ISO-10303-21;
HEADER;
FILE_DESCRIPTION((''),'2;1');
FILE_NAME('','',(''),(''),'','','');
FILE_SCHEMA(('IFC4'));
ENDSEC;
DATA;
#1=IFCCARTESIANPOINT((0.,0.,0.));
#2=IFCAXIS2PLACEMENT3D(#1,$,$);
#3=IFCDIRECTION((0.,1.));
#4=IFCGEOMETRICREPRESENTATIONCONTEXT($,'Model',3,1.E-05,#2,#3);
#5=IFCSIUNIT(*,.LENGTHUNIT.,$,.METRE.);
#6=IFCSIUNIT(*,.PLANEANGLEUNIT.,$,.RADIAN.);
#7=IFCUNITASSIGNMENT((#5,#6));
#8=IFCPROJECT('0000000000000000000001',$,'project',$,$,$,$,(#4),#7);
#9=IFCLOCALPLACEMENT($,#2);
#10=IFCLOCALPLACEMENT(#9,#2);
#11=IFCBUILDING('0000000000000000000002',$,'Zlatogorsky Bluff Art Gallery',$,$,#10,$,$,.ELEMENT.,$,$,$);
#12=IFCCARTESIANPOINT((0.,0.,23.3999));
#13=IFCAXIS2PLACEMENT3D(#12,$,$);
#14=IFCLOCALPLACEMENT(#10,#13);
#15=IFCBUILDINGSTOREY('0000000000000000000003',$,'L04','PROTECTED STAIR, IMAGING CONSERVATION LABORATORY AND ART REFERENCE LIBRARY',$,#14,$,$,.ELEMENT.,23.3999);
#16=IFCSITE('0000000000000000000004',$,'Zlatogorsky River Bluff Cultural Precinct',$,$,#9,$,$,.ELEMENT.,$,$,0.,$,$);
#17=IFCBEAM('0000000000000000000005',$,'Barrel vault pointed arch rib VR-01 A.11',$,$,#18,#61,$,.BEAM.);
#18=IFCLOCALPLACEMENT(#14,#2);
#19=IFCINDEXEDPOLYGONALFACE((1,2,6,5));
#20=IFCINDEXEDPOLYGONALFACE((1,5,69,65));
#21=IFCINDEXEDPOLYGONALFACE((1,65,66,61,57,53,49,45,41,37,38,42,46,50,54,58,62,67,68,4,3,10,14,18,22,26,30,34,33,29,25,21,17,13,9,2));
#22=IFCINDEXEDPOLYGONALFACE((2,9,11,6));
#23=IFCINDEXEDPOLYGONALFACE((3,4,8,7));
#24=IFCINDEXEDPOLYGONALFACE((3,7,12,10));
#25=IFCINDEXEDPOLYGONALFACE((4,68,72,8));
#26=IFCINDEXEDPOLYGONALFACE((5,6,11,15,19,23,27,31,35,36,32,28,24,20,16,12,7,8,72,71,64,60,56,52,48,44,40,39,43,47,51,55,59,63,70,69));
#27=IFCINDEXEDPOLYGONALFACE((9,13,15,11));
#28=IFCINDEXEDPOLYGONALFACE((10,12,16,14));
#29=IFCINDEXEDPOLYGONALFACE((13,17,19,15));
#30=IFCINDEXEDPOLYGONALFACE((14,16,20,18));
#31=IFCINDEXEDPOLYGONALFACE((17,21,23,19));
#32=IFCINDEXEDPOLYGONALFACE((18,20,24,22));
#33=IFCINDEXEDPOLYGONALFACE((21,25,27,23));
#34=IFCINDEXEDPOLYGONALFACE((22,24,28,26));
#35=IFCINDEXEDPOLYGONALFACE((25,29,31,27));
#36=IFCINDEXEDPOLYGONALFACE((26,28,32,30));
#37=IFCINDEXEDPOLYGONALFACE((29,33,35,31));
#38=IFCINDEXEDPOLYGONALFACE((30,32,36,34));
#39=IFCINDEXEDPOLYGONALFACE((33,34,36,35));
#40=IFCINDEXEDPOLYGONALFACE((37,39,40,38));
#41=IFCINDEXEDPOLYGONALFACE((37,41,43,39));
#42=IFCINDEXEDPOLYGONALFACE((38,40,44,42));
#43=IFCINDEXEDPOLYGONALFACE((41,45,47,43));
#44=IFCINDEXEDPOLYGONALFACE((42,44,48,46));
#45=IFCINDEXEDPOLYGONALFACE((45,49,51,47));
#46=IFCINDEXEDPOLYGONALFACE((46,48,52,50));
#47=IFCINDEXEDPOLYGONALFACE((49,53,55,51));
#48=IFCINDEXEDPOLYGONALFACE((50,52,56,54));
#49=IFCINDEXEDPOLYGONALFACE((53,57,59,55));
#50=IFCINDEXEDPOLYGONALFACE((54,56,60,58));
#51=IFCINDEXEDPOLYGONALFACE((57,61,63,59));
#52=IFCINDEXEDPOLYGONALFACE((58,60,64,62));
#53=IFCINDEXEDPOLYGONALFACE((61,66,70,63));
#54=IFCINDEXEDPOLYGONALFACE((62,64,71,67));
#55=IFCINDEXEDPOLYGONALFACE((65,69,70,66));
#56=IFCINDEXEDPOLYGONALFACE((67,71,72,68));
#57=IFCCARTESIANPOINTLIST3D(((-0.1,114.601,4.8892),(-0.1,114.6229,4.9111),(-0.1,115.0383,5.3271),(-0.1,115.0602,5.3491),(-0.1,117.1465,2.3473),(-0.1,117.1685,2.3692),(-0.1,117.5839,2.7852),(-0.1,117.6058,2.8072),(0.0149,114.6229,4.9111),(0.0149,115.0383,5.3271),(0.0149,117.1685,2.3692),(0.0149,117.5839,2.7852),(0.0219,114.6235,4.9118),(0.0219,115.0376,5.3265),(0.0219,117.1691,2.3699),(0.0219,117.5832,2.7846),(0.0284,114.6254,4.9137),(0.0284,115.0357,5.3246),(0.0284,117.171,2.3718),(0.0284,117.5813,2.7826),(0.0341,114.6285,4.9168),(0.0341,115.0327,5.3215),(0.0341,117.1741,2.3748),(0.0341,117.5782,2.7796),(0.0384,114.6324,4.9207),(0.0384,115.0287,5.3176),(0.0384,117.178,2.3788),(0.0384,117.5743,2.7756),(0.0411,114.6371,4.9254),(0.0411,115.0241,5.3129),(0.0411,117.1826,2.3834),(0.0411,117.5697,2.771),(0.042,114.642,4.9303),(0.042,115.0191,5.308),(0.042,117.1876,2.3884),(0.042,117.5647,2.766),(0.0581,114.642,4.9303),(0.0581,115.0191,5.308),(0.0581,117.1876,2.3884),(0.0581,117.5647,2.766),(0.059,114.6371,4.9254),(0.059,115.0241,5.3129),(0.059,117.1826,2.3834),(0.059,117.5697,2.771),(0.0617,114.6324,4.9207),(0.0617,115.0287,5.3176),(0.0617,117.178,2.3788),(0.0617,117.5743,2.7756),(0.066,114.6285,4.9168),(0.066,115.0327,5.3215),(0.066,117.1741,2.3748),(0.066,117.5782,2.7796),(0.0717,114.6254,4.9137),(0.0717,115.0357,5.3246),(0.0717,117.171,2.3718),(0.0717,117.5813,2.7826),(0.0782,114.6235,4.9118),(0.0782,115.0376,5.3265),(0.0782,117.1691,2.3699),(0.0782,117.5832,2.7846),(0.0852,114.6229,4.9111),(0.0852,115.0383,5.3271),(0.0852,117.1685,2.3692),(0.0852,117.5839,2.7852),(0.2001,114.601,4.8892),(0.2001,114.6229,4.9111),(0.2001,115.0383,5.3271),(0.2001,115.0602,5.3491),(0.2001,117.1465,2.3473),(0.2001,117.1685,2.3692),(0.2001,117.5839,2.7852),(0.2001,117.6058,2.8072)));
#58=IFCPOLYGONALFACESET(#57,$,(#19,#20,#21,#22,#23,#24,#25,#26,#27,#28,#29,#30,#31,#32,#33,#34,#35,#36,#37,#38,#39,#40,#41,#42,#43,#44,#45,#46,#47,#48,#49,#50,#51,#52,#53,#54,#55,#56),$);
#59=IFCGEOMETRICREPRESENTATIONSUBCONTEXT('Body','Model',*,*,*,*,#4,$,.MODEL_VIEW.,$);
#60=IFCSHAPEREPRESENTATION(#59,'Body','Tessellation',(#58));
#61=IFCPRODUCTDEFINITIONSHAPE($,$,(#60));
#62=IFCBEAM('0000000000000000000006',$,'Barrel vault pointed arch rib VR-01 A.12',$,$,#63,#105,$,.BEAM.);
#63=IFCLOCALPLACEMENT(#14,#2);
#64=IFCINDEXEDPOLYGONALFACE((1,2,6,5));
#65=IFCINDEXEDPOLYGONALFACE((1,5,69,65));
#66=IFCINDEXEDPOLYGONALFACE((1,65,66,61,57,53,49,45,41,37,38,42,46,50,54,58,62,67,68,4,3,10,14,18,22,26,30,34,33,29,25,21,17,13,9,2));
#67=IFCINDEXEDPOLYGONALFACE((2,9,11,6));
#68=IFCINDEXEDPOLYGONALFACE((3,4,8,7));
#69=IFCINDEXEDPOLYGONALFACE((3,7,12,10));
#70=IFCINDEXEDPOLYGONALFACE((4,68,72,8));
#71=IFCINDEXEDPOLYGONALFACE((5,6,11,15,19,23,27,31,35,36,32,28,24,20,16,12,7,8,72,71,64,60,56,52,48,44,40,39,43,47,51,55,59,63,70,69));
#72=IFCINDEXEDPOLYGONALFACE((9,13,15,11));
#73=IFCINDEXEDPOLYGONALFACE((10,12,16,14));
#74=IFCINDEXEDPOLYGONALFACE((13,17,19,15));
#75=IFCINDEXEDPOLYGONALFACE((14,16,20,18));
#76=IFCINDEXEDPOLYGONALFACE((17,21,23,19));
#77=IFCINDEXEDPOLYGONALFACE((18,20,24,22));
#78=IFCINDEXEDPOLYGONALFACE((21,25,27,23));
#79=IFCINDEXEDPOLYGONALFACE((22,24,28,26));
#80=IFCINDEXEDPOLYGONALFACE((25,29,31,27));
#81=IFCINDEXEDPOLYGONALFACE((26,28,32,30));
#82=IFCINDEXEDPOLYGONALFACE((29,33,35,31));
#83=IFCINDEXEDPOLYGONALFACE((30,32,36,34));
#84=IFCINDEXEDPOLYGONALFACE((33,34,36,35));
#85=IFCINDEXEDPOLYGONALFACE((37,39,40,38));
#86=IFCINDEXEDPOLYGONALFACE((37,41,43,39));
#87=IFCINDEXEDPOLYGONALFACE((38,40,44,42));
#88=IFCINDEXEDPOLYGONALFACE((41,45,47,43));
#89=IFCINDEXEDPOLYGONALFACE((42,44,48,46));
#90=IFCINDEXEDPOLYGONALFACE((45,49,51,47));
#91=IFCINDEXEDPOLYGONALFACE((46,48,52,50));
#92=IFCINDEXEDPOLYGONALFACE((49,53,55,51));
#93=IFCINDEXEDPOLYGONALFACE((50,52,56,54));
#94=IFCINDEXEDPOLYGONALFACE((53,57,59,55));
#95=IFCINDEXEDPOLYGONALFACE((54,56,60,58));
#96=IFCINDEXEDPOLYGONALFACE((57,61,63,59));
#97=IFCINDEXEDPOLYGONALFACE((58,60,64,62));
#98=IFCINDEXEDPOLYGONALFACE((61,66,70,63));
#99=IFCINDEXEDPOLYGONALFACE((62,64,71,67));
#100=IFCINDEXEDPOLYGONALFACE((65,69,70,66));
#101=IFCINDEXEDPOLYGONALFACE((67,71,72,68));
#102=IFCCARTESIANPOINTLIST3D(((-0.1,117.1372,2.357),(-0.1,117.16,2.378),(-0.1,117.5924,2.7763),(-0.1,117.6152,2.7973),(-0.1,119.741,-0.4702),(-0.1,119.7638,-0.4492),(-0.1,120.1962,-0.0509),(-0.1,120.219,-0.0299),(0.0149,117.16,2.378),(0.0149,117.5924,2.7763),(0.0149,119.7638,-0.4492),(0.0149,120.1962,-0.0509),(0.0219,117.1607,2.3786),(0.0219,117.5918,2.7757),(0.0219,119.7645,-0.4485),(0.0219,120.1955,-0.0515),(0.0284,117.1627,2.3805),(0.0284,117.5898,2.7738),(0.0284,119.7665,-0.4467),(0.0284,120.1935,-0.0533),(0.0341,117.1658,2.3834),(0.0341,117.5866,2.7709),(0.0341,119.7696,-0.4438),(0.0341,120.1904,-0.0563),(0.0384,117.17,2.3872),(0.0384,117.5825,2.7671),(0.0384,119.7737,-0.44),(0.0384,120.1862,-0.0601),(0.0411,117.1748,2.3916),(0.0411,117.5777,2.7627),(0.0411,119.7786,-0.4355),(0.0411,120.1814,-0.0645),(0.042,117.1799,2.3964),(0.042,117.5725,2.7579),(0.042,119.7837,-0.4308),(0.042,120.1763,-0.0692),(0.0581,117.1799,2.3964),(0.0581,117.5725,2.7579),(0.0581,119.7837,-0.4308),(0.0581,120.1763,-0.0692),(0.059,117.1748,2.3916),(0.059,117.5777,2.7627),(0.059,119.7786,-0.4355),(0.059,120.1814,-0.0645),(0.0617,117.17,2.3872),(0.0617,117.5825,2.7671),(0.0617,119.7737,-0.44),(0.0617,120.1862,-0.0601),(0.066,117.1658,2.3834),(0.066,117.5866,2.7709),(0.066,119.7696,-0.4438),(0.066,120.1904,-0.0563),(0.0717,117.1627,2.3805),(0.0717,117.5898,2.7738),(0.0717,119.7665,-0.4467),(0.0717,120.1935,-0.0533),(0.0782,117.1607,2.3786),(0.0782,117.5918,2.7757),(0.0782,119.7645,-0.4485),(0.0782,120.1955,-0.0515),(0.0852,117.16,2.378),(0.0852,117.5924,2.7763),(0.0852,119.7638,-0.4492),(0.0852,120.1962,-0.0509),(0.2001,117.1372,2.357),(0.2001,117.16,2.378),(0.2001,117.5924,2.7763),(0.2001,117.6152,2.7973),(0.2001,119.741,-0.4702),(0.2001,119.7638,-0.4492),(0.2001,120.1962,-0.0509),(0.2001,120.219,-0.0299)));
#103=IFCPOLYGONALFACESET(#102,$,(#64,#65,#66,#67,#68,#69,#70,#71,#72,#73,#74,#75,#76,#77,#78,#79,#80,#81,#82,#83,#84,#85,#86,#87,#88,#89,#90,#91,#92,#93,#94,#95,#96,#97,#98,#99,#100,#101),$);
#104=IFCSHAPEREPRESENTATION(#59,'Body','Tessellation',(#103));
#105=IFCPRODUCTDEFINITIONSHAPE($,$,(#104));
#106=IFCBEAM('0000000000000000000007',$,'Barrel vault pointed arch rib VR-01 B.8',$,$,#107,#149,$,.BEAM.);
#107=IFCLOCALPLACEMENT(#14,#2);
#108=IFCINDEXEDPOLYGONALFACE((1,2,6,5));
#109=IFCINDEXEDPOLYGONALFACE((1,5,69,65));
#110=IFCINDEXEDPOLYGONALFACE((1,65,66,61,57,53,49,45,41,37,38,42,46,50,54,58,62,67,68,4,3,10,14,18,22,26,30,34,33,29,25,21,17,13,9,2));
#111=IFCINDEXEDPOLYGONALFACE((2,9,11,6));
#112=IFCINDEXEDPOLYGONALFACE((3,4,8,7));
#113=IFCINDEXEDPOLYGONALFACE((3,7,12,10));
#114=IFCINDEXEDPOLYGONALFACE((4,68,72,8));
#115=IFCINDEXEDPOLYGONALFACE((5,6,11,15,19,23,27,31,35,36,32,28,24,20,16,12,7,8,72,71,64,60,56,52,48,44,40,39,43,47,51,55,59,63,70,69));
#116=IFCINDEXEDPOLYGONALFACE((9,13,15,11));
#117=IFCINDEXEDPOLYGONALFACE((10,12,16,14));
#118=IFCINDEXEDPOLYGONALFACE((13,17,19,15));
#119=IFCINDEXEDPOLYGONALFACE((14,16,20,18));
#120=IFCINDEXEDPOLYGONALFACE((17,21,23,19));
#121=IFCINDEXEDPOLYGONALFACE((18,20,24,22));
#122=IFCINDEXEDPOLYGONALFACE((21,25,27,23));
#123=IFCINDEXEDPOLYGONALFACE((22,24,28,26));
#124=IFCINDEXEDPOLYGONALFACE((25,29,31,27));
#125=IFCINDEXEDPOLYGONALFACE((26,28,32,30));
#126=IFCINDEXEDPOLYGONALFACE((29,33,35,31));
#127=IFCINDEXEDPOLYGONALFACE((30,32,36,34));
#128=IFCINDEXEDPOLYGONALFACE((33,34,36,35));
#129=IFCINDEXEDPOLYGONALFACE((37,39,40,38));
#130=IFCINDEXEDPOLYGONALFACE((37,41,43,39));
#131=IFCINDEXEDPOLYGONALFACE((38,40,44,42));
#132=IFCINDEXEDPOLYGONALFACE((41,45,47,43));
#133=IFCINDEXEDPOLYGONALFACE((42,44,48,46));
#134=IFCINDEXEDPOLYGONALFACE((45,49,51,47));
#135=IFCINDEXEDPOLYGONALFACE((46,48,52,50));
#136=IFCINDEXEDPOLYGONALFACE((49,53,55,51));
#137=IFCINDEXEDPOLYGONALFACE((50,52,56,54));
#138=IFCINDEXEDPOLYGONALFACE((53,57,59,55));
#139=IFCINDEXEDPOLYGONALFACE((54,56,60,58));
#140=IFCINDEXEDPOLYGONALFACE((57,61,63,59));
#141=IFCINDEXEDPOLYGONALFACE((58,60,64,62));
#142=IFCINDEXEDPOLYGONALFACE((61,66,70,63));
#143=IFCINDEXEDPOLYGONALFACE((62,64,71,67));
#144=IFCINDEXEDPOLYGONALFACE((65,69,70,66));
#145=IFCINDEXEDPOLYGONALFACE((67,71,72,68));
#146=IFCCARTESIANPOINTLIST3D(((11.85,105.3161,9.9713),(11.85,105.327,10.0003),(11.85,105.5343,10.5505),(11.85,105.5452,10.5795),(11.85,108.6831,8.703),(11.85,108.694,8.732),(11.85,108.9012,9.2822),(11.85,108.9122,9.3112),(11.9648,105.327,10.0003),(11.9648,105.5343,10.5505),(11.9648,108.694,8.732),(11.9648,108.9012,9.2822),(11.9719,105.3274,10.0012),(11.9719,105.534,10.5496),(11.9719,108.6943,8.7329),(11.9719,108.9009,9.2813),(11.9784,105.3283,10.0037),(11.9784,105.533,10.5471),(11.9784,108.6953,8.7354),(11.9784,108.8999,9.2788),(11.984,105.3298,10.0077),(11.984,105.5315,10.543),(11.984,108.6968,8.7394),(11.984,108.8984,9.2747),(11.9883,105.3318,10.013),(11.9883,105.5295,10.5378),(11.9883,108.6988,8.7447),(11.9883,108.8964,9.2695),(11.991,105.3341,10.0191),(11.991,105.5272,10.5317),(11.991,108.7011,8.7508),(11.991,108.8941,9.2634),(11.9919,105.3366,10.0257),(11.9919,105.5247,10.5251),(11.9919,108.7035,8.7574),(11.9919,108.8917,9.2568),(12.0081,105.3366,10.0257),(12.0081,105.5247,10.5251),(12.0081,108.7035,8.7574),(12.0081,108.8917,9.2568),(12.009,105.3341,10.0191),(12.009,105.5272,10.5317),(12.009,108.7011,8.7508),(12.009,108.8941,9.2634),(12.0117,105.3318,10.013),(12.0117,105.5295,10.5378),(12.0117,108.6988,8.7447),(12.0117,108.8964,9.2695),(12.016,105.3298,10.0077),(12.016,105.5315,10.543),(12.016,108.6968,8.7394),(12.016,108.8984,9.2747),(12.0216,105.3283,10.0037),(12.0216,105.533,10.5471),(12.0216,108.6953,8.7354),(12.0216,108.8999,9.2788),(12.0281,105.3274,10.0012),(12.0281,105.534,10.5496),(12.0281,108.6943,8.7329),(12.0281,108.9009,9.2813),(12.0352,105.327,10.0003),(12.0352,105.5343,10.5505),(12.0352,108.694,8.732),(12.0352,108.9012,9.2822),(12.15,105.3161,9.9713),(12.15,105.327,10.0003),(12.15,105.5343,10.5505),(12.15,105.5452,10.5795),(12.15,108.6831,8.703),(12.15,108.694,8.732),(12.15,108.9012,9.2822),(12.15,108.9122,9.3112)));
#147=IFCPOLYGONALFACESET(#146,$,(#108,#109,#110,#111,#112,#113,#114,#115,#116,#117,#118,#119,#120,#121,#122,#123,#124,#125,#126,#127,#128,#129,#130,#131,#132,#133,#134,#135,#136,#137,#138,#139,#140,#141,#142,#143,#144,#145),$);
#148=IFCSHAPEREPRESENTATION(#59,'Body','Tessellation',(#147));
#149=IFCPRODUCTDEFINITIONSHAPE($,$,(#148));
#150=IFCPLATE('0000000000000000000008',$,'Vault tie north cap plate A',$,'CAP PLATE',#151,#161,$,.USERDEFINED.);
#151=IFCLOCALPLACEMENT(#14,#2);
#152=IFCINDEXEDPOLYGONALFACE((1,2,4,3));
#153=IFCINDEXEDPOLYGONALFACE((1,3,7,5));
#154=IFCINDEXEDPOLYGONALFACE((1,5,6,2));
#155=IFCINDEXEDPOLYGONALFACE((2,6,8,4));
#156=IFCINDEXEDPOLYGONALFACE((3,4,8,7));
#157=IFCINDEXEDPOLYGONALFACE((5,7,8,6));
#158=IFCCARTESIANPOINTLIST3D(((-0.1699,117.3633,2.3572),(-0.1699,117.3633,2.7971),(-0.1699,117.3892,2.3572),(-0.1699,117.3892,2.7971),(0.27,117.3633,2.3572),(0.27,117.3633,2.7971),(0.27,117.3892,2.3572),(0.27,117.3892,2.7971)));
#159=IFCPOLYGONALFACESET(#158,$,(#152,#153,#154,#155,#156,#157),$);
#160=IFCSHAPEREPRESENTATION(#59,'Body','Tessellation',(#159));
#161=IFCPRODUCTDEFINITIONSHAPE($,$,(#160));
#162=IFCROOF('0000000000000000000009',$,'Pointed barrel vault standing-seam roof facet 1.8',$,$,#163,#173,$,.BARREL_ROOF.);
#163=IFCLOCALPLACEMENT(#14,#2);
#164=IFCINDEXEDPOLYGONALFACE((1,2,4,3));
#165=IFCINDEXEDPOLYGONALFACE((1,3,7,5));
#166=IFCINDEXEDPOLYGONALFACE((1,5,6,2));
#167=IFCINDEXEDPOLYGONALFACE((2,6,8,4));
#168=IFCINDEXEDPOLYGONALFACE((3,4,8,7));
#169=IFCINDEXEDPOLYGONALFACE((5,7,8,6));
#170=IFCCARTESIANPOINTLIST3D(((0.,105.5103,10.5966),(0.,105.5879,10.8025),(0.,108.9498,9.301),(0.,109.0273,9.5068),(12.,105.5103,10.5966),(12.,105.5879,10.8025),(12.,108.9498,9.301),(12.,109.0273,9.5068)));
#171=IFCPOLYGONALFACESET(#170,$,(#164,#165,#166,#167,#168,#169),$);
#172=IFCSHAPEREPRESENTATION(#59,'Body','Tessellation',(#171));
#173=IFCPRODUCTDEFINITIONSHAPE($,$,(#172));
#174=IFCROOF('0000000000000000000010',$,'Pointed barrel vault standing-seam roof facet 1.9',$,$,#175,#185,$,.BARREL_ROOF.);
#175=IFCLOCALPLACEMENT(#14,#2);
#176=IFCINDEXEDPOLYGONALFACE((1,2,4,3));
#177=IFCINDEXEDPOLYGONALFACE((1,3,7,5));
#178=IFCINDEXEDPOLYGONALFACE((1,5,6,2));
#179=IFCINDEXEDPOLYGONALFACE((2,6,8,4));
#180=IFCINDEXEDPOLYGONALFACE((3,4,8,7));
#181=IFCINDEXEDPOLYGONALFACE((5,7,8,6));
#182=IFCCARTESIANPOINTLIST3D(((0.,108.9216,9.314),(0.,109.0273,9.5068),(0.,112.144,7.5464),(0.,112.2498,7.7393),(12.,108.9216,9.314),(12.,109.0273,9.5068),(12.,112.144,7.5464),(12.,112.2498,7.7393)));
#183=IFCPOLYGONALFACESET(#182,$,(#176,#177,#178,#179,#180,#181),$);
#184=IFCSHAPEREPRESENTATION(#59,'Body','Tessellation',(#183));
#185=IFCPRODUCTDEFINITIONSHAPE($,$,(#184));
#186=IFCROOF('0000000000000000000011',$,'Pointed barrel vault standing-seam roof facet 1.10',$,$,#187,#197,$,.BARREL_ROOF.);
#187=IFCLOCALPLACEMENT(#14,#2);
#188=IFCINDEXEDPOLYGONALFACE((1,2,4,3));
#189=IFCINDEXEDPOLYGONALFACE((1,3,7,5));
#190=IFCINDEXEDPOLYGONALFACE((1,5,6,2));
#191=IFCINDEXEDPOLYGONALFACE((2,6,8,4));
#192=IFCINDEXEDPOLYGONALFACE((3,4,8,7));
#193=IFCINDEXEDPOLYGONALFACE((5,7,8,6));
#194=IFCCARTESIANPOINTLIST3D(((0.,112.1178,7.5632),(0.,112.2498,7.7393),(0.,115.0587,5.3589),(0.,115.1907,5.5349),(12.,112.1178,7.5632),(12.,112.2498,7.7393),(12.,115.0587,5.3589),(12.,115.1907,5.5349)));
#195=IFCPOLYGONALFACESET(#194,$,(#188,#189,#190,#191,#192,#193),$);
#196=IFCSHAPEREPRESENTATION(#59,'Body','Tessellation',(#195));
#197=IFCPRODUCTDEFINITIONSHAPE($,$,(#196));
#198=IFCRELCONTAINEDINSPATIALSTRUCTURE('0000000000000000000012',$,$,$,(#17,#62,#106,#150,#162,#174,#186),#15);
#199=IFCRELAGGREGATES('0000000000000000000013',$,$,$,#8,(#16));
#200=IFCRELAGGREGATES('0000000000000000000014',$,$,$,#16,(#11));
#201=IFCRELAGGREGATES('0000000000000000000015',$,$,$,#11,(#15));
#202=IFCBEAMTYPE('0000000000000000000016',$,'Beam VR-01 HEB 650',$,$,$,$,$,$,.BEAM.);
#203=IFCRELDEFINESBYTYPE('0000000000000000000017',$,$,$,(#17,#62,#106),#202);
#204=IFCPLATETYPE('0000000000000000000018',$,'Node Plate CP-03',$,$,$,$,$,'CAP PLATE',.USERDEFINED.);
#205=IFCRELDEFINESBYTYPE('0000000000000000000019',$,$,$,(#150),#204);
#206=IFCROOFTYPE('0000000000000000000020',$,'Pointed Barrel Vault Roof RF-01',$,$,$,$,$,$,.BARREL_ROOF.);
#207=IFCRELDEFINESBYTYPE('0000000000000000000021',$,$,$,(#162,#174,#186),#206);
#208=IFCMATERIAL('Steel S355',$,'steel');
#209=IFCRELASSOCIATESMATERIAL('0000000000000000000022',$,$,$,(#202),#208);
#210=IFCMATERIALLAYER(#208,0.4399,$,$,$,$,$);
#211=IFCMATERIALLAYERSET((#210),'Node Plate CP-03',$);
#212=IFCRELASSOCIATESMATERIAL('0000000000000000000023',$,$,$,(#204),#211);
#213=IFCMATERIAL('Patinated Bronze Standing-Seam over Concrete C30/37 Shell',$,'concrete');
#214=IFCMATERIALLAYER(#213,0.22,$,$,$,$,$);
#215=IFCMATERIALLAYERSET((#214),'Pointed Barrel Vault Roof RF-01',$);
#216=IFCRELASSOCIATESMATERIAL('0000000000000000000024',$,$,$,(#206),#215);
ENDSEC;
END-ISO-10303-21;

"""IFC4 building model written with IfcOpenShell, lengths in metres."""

from ifc_helpers import new_model, si_unit, direction, frame, origin, origin_2d, place, context, subcontext, project, spatial, polyline, rectangle, i_section, outline, extrude, material, layer, layer_set, material_profile, profile_set, type_object, element, save


model = new_model("IFC4")

# Units and contexts
model_context = context("Model", 3, precision=1e-05, world=origin(), true_north=direction((0.0, 1.0)))
body_context = subcontext(model_context, "Body", "Model", "MODEL_VIEW")
ifc_project = project(units=[si_unit("LENGTHUNIT", "METRE"), si_unit("PLANEANGLEUNIT", "RADIAN")], contexts=[model_context])

# Site, building, storey
site_placement = place(None, origin())
site = spatial("IfcSite", under=ifc_project, at=site_placement, Name="Zlatogorsky River Bluff Cultural Precinct", CompositionType="ELEMENT", RefElevation=0.0)
building_placement = place(site_placement, origin())
building = spatial("IfcBuilding", under=site, at=building_placement, Name="Zlatogorsky Bluff Art Gallery", CompositionType="ELEMENT")
storey_placement = place(building_placement, frame((0.0, 0.0, 23.3999)))
storey = spatial("IfcBuildingStorey", under=building, at=storey_placement, Name="L04", Description="PROTECTED STAIR, IMAGING CONSERVATION LABORATORY AND ART REFERENCE LIBRARY", CompositionType="ELEMENT", Elevation=23.3999)

# Beams
ifc_material_1 = material(Name="Steel S355", Category="steel")
ifc_material_profile_1 = material_profile(ifc_material_1, i_section(OverallWidth=0.3, OverallDepth=0.6499, WebThickness=0.0161, FlangeThickness=0.031, FilletRadius=0.0271, at=origin_2d()), Name="HEB 650")
ifc_profile_set_1 = profile_set([ifc_material_profile_1], Name="Steel S355")
beam_type_1 = type_object("IfcBeamType", Name="Beam VR-01 HEB 650", PredefinedType="BEAM", material=ifc_profile_set_1)
beam_1_placement = place(storey_placement, frame((0.05, 114.8306, 5.1191), z_axis=(0.0, 0.707616, -0.706598), x_axis=(-1.0, 0.0, 0.0)))
element("IfcBeam", 1, at=beam_1_placement, inside=storey, type_object=beam_type_1, Name="Barrel vault pointed arch rib VR-01 A.11", PredefinedType="BEAM", context=body_context, shape_type="SweptSolid", body=[
    extrude(i_section(OverallWidth=0.3, OverallDepth=0.6499, WebThickness=0.0161, FlangeThickness=0.031, FilletRadius=0.0271, at=origin_2d()), origin(), (0.0, 0.0, 1.0), 3.5974),
])
beam_2_placement = place(storey_placement, frame((0.05, 117.3762, 2.5771), z_axis=(0.0, 0.677449, -0.73557), x_axis=(-1.0, 0.0, 0.0)))
element("IfcBeam", 2, at=beam_2_placement, inside=storey, type_object=beam_type_1, Name="Barrel vault pointed arch rib VR-01 A.12", PredefinedType="BEAM", context=body_context, shape_type="SweptSolid", body=[
    extrude(i_section(OverallWidth=0.3, OverallDepth=0.6499, WebThickness=0.0161, FlangeThickness=0.031, FilletRadius=0.0271, at=origin_2d()), origin(), (0.0, 0.0, 1.0), 3.8435),
])
beam_3_placement = place(storey_placement, frame((12.0, 105.4307, 10.2754), z_axis=(0.0, 0.935807, -0.352514), x_axis=(-1.0, 0.0, 0.0)))
element("IfcBeam", 3, at=beam_3_placement, inside=storey, type_object=beam_type_1, Name="Barrel vault pointed arch rib VR-01 B.8", PredefinedType="BEAM", context=body_context, shape_type="SweptSolid", body=[
    extrude(i_section(OverallWidth=0.3, OverallDepth=0.6499, WebThickness=0.0161, FlangeThickness=0.031, FilletRadius=0.0271, at=origin_2d()), origin(), (0.0, 0.0, 1.0), 3.5979),
])

# Plate
ifc_layer_1 = layer(ifc_material_1, 0.4399)
ifc_layer_set_1 = layer_set([ifc_layer_1], Name="Node Plate CP-03")
plate_type = type_object("IfcPlateType", Name="Node Plate CP-03", ElementType="CAP PLATE", PredefinedType="USERDEFINED", material=ifc_layer_set_1)
plate_placement = place(storey_placement, frame((0.05, 117.3762, 2.3572), z_axis=(0.0, 0.0, 1.0), x_axis=(1.0, 0.0, 0.0)))
element("IfcPlate", 4, at=plate_placement, inside=storey, type_object=plate_type, Name="Vault tie north cap plate A", ObjectType="CAP PLATE", PredefinedType="USERDEFINED", context=body_context, shape_type="SweptSolid", body=[
    extrude(rectangle(XDim=0.4399, YDim=0.0259, at=origin_2d()), origin(), (0.0, 0.0, 1.0), 0.4399),
])

# Roofs
ifc_material_2 = material(Name="Patinated Bronze Standing-Seam over Concrete C30/37 Shell", Category="concrete")
ifc_layer_2 = layer(ifc_material_2, 0.22)
ifc_layer_set_2 = layer_set([ifc_layer_2], Name="Pointed Barrel Vault Roof RF-01")
roof_type = type_object("IfcRoofType", Name="Pointed Barrel Vault Roof RF-01", PredefinedType="BARREL_ROOF", material=ifc_layer_set_2)
roof_1_placement = place(storey_placement, frame((0.0, 105.5879, 10.8025), z_axis=(0.0, 0.352521, 0.935804), x_axis=(1.0, 0.0, 0.0)))
element("IfcRoof", 5, at=roof_1_placement, inside=storey, type_object=roof_type, Name="Pointed barrel vault standing-seam roof facet 1.8", PredefinedType="BARREL_ROOF", context=body_context, shape_type="SweptSolid", body=[
    extrude(outline(polyline([(0.0, 0.0), (12.0, 0.0), (12.0, 3.6754), (0.0, 3.6754), (0.0, 0.0)])), origin(), (0.0, 0.0, -1.0), 0.22),
])
roof_2_placement = place(storey_placement, frame((0.0, 109.0273, 9.5068), z_axis=(0.0, 0.480927, 0.876761), x_axis=(1.0, 0.0, 0.0)))
element("IfcRoof", 6, at=roof_2_placement, inside=storey, type_object=roof_type, Name="Pointed barrel vault standing-seam roof facet 1.9", PredefinedType="BARREL_ROOF", context=body_context, shape_type="SweptSolid", body=[
    extrude(outline(polyline([(0.0, 0.0), (12.0, 0.0), (12.0, 3.6754), (0.0, 3.6754), (0.0, 0.0)])), origin(), (0.0, 0.0, -1.0), 0.22),
])
roof_3_placement = place(storey_placement, frame((0.0, 112.2498, 7.7393), z_axis=(0.0, 0.599766, 0.800175), x_axis=(1.0, 0.0, 0.0)))
element("IfcRoof", 7, at=roof_3_placement, inside=storey, type_object=roof_type, Name="Pointed barrel vault standing-seam roof facet 1.10", PredefinedType="BARREL_ROOF", context=body_context, shape_type="SweptSolid", body=[
    extrude(outline(polyline([(0.0, 0.0), (12.0, 0.0), (12.0, 3.6753), (0.0, 3.6753), (0.0, 0.0)])), origin(), (0.0, 0.0, -1.0), 0.22),
])

save(model, "model.ifc")
